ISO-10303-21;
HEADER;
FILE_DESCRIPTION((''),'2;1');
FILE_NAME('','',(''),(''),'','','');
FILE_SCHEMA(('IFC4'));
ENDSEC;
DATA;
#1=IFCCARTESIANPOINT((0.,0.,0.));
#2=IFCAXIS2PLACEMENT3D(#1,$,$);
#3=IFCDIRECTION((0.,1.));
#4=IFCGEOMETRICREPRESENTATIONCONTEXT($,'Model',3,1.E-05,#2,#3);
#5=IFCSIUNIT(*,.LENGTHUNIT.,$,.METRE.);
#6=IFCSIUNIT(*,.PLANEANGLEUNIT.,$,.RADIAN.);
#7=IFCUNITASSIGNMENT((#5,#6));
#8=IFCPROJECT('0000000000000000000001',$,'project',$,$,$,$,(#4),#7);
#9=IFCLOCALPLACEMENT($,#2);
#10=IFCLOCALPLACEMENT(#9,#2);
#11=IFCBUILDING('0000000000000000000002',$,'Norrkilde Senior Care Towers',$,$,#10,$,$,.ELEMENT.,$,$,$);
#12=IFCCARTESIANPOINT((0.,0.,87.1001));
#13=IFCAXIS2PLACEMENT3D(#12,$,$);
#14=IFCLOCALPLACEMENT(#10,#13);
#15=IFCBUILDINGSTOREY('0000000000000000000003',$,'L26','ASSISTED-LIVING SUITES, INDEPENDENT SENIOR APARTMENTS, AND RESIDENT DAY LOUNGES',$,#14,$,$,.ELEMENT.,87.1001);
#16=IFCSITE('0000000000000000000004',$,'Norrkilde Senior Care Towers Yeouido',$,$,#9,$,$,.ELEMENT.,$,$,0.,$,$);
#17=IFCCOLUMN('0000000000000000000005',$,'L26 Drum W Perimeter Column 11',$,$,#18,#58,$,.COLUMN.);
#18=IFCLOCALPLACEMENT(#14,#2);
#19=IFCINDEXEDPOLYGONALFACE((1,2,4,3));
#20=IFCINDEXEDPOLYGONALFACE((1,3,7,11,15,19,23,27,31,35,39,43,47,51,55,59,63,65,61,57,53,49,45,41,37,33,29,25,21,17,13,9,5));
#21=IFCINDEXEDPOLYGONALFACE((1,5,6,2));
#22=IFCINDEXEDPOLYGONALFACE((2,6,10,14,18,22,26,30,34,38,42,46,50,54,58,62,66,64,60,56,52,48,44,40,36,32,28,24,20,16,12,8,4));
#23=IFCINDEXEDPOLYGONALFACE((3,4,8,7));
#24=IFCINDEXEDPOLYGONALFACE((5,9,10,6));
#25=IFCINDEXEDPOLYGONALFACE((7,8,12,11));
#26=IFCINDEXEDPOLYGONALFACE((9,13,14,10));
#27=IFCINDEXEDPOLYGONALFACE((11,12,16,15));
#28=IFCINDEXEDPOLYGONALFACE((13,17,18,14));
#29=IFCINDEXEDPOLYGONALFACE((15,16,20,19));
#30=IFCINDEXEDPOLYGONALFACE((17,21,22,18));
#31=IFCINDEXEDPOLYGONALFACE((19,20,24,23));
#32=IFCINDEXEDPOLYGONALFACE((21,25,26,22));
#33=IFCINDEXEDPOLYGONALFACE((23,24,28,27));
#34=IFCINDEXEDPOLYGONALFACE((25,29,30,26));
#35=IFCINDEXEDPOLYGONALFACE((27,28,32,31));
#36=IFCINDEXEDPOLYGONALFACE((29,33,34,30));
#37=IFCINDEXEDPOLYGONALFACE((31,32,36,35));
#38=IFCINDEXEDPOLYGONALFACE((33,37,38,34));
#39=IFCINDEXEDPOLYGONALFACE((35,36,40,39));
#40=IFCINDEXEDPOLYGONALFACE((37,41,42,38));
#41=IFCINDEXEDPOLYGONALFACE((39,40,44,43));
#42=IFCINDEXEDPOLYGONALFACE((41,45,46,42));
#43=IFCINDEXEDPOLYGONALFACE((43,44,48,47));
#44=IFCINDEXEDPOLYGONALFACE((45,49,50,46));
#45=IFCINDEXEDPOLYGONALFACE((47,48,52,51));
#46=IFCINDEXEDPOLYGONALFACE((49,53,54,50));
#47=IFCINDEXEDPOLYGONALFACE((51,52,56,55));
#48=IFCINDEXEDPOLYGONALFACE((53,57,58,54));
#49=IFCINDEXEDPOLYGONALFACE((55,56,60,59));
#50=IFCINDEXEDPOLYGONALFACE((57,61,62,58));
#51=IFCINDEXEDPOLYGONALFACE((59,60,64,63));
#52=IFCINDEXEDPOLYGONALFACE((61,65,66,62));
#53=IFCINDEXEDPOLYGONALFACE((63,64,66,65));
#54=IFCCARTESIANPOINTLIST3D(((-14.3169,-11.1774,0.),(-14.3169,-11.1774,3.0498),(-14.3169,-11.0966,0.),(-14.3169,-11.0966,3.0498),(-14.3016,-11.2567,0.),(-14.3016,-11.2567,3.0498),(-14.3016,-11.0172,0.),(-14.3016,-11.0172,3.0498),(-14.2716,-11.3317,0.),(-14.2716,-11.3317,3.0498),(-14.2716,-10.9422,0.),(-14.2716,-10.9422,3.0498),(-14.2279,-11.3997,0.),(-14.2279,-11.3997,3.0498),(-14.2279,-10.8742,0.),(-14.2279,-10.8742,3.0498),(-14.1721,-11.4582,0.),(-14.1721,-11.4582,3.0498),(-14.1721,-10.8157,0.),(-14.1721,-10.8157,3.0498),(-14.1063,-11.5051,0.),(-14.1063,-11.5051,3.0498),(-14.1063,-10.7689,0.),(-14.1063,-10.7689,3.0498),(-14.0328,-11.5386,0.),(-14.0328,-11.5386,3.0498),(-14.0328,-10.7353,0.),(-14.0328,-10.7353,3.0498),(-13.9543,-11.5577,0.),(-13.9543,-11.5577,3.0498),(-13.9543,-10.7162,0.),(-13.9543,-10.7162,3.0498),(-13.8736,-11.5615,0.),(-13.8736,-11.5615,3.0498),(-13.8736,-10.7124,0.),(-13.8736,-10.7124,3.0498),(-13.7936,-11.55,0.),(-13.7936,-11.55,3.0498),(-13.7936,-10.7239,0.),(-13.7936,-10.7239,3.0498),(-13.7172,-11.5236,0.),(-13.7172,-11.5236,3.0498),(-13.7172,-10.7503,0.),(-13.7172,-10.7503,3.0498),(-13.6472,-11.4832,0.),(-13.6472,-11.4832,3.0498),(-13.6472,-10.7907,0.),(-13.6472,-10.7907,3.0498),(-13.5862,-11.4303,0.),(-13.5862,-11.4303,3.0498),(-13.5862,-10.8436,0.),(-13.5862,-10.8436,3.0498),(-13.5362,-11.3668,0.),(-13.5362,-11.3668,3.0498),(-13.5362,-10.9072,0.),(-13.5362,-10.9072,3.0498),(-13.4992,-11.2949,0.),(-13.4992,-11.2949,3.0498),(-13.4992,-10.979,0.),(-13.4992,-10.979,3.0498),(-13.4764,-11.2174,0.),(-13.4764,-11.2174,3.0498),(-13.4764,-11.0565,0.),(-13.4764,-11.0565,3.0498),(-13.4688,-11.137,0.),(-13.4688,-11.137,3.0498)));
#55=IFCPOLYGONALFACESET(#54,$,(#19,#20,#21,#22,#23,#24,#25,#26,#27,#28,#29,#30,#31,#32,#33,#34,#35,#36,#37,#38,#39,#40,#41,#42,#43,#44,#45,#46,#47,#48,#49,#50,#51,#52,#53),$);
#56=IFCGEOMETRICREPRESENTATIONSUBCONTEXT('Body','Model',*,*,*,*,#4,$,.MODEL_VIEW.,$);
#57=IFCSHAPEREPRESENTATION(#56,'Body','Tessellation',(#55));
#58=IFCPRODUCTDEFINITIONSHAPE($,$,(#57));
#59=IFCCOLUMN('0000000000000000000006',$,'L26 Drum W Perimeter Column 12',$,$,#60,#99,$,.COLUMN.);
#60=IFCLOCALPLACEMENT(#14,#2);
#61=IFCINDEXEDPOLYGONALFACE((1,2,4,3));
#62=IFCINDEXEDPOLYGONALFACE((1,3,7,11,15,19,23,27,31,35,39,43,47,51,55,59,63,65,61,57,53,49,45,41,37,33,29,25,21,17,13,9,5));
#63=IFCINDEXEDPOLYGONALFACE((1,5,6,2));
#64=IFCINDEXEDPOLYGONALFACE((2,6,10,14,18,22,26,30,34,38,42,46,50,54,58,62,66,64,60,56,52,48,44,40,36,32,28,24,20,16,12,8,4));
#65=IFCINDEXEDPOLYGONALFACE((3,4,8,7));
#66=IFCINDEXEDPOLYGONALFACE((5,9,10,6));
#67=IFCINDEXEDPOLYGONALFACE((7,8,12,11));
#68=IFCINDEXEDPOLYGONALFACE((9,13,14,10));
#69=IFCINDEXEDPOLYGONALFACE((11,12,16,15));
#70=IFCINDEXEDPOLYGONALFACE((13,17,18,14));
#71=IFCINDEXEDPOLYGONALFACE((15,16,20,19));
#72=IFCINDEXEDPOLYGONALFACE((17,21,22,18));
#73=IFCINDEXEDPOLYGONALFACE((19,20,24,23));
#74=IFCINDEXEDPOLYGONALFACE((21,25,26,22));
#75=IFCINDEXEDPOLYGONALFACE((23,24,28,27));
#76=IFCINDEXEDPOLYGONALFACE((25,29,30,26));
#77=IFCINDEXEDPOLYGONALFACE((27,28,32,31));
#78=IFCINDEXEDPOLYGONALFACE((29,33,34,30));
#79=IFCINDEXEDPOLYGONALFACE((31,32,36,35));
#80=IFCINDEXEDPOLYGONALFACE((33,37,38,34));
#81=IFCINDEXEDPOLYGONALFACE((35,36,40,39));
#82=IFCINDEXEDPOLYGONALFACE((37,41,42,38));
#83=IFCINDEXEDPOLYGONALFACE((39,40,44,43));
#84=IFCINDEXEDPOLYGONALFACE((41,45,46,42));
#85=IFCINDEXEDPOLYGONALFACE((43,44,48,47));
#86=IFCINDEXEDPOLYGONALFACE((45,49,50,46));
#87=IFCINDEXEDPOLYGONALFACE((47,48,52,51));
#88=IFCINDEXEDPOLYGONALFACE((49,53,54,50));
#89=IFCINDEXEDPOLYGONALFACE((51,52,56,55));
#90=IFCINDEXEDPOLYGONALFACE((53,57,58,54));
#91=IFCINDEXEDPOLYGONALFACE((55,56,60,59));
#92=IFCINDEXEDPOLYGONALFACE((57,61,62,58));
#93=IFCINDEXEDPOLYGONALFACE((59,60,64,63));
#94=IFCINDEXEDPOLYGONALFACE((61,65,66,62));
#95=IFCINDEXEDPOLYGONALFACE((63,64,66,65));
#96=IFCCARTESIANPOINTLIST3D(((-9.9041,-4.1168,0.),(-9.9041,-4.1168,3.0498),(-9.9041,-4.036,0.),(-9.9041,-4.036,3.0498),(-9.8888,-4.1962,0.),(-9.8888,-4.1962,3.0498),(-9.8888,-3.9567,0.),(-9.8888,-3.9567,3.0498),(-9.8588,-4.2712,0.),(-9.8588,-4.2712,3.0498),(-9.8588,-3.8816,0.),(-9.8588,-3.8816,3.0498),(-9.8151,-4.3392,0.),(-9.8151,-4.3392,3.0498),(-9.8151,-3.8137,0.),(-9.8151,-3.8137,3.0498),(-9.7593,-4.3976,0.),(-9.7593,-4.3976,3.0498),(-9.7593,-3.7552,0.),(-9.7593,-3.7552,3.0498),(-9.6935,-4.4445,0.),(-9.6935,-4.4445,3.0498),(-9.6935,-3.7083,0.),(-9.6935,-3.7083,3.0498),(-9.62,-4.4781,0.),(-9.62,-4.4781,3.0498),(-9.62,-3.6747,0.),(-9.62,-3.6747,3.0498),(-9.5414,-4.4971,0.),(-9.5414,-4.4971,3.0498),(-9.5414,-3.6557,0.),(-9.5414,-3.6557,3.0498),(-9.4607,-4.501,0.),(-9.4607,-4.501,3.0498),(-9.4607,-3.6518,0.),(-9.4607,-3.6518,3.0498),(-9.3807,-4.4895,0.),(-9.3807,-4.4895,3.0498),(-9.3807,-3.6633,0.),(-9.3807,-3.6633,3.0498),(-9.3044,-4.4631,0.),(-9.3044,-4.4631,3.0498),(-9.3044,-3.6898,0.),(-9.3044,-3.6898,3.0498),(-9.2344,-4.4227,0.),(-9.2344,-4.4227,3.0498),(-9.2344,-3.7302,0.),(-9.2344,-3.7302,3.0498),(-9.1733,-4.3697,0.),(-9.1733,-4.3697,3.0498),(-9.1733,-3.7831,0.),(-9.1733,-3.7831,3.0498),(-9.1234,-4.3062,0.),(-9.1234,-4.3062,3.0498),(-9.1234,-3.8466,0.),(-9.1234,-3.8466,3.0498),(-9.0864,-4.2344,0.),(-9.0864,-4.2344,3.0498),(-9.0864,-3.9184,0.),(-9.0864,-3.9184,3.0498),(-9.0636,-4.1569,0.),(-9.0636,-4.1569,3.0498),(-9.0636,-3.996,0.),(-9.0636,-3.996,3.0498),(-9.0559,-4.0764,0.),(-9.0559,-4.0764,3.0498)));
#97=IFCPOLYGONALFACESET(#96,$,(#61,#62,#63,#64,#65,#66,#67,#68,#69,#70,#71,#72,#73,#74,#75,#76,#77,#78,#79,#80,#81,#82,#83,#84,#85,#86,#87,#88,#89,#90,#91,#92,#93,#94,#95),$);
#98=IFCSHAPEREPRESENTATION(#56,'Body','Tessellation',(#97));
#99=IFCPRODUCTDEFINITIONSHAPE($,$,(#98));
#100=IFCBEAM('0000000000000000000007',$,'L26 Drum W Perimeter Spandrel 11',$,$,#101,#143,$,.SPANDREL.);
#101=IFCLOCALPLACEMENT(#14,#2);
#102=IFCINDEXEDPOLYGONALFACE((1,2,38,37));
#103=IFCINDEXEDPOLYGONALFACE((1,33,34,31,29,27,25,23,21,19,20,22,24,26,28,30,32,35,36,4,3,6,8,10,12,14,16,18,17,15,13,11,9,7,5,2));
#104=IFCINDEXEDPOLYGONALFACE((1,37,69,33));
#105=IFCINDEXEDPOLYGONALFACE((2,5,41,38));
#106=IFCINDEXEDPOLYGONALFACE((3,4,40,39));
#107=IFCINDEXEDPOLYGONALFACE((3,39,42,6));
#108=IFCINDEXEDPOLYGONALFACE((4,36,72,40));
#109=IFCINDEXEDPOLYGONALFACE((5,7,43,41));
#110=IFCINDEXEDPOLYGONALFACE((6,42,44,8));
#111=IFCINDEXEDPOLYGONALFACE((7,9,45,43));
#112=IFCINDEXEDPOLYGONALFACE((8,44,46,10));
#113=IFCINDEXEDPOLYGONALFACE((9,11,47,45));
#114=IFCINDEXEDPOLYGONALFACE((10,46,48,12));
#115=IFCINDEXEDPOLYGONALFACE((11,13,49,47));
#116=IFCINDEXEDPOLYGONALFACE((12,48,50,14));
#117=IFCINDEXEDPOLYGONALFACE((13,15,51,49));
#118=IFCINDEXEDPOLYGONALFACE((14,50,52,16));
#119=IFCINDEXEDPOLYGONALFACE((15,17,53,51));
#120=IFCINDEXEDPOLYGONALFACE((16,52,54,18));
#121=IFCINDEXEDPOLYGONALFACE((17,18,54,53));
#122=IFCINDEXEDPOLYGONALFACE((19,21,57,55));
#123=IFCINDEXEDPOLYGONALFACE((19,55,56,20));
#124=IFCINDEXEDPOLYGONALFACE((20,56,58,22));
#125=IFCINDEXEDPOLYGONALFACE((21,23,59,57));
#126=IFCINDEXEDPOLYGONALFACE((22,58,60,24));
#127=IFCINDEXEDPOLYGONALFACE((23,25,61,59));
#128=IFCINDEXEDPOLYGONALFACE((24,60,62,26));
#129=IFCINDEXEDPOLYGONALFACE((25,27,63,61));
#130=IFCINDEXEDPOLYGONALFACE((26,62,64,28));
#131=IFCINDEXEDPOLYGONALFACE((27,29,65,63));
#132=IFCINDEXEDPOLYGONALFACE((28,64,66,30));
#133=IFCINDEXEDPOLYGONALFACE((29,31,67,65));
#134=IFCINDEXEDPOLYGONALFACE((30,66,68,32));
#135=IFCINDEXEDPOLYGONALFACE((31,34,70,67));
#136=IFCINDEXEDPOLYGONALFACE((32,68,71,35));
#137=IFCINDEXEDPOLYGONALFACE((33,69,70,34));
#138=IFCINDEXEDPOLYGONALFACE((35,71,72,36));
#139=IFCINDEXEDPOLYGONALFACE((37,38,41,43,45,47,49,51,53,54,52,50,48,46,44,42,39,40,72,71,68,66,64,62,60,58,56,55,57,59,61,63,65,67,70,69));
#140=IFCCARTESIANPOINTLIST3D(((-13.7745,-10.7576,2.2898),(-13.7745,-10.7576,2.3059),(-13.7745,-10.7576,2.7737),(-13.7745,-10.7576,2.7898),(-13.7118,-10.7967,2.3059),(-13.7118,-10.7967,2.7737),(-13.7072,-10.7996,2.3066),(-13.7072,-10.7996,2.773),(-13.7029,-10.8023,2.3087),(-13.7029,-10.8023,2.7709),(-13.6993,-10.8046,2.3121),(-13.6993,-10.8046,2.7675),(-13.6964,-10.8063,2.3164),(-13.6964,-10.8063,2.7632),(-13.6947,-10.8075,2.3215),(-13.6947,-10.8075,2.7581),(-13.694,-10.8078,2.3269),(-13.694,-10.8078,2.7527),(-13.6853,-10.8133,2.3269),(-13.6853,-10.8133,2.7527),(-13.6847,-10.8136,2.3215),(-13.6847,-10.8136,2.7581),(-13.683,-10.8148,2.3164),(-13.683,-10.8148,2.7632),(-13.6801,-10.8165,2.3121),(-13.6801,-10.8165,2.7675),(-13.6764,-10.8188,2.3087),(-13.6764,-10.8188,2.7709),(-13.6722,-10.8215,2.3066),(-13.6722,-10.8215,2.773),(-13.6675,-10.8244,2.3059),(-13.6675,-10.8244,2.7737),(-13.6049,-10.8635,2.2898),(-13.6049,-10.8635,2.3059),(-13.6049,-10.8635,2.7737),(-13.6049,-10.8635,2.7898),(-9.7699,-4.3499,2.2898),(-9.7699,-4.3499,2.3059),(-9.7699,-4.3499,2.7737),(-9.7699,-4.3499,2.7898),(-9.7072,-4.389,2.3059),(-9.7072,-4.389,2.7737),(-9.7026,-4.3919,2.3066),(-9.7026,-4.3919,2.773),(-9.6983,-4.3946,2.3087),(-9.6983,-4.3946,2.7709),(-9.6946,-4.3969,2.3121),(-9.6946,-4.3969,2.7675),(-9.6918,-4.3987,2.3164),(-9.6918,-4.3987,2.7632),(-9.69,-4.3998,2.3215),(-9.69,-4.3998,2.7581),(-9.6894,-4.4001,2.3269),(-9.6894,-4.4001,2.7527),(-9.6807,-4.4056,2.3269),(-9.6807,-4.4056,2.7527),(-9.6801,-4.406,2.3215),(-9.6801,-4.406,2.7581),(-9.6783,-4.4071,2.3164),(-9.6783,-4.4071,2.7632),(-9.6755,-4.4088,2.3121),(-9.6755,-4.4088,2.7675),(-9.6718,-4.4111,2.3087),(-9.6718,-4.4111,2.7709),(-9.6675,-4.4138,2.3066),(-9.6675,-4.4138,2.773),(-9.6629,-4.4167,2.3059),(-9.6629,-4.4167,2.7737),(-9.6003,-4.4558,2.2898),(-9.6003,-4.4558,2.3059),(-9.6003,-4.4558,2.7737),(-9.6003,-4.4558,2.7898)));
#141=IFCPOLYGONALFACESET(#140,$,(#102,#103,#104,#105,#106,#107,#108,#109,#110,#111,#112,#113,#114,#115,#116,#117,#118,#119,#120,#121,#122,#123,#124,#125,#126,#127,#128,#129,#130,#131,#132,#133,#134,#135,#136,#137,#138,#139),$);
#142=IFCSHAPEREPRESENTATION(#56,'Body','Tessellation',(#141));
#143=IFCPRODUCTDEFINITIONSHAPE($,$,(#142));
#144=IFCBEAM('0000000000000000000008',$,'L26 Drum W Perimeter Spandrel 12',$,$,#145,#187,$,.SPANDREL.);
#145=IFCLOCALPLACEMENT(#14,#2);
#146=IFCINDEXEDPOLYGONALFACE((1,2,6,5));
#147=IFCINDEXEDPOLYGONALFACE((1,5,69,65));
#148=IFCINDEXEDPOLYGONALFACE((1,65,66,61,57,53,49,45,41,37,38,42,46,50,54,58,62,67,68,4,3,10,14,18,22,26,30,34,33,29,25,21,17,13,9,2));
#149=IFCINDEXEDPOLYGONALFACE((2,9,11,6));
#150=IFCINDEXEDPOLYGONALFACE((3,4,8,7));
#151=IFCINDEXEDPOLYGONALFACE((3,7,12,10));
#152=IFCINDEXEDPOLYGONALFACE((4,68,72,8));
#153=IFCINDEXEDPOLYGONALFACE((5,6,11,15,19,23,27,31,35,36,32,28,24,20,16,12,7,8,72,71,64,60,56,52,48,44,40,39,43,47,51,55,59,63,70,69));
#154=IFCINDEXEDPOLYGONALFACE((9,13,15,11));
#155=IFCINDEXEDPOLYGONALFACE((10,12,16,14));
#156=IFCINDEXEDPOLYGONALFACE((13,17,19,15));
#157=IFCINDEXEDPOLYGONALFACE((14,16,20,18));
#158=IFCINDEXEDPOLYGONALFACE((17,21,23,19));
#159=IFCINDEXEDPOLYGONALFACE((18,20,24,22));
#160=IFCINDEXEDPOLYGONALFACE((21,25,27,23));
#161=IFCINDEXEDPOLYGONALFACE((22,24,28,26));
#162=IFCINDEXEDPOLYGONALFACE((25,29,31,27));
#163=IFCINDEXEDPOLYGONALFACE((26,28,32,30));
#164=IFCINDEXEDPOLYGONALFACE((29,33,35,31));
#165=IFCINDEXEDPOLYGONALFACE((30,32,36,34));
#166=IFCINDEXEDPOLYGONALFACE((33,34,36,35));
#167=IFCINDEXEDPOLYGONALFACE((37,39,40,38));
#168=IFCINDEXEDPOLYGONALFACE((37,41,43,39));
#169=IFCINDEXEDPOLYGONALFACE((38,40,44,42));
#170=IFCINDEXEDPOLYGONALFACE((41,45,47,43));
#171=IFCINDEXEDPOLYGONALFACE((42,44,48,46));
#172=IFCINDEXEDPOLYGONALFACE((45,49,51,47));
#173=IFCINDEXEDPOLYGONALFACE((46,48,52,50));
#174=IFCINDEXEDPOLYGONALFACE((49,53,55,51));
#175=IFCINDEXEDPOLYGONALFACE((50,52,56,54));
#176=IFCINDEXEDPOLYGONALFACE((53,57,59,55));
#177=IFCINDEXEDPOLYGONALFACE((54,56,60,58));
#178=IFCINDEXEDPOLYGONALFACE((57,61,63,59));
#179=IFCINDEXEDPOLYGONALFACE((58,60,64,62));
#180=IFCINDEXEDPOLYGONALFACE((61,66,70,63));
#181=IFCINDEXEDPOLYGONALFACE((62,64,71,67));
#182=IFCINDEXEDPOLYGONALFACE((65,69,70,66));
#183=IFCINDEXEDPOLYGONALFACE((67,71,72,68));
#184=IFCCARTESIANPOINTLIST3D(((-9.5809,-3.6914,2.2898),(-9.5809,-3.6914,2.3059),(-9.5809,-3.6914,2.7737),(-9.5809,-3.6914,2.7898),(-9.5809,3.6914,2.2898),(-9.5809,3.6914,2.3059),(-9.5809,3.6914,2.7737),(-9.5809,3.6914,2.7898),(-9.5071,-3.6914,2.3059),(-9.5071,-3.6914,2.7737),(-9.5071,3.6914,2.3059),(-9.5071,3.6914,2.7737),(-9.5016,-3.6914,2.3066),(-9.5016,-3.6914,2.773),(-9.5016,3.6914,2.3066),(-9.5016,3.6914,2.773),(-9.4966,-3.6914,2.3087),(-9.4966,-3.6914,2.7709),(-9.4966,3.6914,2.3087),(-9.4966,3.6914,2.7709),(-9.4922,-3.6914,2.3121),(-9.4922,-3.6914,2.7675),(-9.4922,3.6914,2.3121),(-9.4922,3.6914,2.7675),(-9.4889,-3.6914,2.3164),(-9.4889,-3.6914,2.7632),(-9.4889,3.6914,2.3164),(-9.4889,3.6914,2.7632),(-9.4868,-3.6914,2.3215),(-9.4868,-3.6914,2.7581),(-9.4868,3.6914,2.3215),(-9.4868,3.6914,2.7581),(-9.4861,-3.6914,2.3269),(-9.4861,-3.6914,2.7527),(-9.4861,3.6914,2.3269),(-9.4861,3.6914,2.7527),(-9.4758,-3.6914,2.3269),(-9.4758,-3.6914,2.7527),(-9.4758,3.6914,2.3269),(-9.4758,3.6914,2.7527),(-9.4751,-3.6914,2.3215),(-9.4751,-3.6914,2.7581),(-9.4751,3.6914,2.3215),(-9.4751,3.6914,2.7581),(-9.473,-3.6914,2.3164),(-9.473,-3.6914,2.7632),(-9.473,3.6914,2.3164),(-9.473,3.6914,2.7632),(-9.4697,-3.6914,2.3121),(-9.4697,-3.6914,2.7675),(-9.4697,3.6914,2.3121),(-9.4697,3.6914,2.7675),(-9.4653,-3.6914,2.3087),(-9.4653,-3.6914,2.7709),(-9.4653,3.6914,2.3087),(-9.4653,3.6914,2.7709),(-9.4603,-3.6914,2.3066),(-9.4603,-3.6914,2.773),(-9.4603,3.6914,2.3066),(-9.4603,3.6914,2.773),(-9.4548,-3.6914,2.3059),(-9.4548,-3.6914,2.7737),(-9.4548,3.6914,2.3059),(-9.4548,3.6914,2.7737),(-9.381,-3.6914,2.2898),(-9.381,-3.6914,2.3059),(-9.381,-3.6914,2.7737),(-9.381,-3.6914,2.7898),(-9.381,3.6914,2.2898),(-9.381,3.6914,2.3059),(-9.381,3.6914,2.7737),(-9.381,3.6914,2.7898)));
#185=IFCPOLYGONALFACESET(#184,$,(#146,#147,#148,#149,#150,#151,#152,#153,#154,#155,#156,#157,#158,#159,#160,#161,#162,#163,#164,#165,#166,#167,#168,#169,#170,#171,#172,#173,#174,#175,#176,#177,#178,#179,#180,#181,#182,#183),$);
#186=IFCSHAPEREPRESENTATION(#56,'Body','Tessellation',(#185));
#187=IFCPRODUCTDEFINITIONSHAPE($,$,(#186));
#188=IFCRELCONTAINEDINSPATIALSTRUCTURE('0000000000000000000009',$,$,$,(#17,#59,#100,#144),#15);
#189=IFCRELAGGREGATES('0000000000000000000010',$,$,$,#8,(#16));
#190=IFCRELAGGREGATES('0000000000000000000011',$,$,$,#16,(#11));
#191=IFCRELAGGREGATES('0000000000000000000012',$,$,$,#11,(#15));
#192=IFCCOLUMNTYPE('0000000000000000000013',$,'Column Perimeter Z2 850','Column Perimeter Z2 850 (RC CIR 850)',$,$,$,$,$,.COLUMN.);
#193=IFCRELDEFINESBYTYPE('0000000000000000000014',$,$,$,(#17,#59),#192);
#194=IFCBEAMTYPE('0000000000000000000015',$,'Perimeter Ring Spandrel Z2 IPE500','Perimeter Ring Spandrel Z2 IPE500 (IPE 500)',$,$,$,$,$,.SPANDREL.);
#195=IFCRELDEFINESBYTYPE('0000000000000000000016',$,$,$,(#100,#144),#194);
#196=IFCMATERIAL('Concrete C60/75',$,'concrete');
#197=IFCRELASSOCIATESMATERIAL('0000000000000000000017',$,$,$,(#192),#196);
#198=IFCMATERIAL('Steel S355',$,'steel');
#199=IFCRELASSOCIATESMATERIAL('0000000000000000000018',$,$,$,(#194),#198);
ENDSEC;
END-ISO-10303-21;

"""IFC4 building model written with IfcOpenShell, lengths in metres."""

from ifc_helpers import new_model, si_unit, direction, frame, origin, origin_2d, place, context, subcontext, project, spatial, circle, i_section, extrude, source, transform, mapped, material, material_profile, profile_set, type_object, type_shapes, element, save


model = new_model("IFC4")

# Units and contexts
model_context = context("Model", 3, precision=1e-05, world=origin(), true_north=direction((0.0, 1.0)))
body_context = subcontext(model_context, "Body", "Model", "MODEL_VIEW")
ifc_project = project(units=[si_unit("LENGTHUNIT", "METRE"), si_unit("PLANEANGLEUNIT", "RADIAN")], contexts=[model_context])

# Site, building, storey
site_placement = place(None, origin())
site = spatial("IfcSite", under=ifc_project, at=site_placement, Name="Norrkilde Senior Care Towers Yeouido", CompositionType="ELEMENT", RefElevation=0.0)
building_placement = place(site_placement, origin())
building = spatial("IfcBuilding", under=site, at=building_placement, Name="Norrkilde Senior Care Towers", CompositionType="ELEMENT")
storey_placement = place(building_placement, frame((0.0, 0.0, 87.1001)))
storey = spatial("IfcBuildingStorey", under=building, at=storey_placement, Name="L26", Description="ASSISTED-LIVING SUITES, INDEPENDENT SENIOR APARTMENTS, AND RESIDENT DAY LOUNGES", CompositionType="ELEMENT", Elevation=87.1001)

# Columns
ifc_material_1 = material(Name="Concrete C60/75", Category="concrete")
ifc_material_profile_1 = material_profile(ifc_material_1, circle(Radius=0.425, at=origin_2d()), Name="RC CIR 850")
ifc_profile_set_1 = profile_set([ifc_material_profile_1], Name="Concrete C60/75")
column_type = type_object("IfcColumnType", Name="Column Perimeter Z2 850", Description="Column Perimeter Z2 850 (RC CIR 850)", PredefinedType="COLUMN", material=ifc_profile_set_1)
shared_shape_1 = source(origin(), body_context, "Body", "SweptSolid", [
    extrude(circle(Radius=0.425, at=origin_2d()), origin(), (0.0, 0.0, 1.0), 3.0498),
])
type_shapes(column_type, [shared_shape_1])
for number, where, z_axis, x_axis, name in (
    (1, (-13.8938, -11.137, 0.0), (0.0, 0.0, 1.0), (1.0, 0.0, 0.0), "L26 Drum W Perimeter Column 11"),
    (2, (-9.481, -4.0764, 0.0), (0.0, 0.0, 1.0), (1.0, 0.0, 0.0), "L26 Drum W Perimeter Column 12"),
):
    element("IfcColumn", number, at=place(storey_placement, frame(where, z_axis=z_axis, x_axis=x_axis)), inside=storey, type_object=column_type, Name=name, PredefinedType="COLUMN", context=body_context, shape_type="MappedRepresentation", body=[
        mapped(shared_shape_1, transform((0.0, 0.0, 0.0), x_axis=(1.0, 0.0, 0.0), y_axis=(0.0, 1.0, 0.0), z_axis=(0.0, 0.0, 1.0), scale=1.0)),
    ])

# Beams
ifc_material_2 = material(Name="Steel S355", Category="steel")
ifc_material_profile_2 = material_profile(ifc_material_2, i_section(OverallWidth=0.2, OverallDepth=0.5, WebThickness=0.0103, FlangeThickness=0.0161, FilletRadius=0.021, at=origin_2d()), Name="IPE 500")
ifc_profile_set_2 = profile_set([ifc_material_profile_2], Name="Steel S355")
beam_type_1 = type_object("IfcBeamType", Name="Perimeter Ring Spandrel Z2 IPE500", Description="Perimeter Ring Spandrel Z2 IPE500 (IPE 500)", PredefinedType="SPANDREL", material=ifc_profile_set_2)
shared_shape_2 = source(origin(), body_context, "Body", "SweptSolid", [
    extrude(i_section(OverallWidth=0.2, OverallDepth=0.5, WebThickness=0.0103, FlangeThickness=0.0161, FilletRadius=0.021, at=origin_2d()), origin(), (0.0, 0.0, 1.0), 7.5562),
])
beam_1_placement = place(storey_placement, frame((-13.6897, -10.8105, 2.5398), z_axis=(0.529982, 0.848009, 0.0), x_axis=(-0.848009, 0.529982, 0.0)))
element("IfcBeam", 3, at=beam_1_placement, inside=storey, type_object=beam_type_1, Name="L26 Drum W Perimeter Spandrel 11", PredefinedType="SPANDREL", context=body_context, shape_type="MappedRepresentation", body=[
    mapped(shared_shape_2, transform((0.0, 0.0, 0.0), x_axis=(1.0, 0.0, 0.0), y_axis=(0.0, 1.0, 0.0), z_axis=(0.0, 0.0, 1.0), scale=1.0)),
])
shared_shape_3 = source(origin(), body_context, "Body", "SweptSolid", [
    extrude(i_section(OverallWidth=0.2, OverallDepth=0.5, WebThickness=0.0103, FlangeThickness=0.0161, FilletRadius=0.021, at=origin_2d()), origin(), (0.0, 0.0, 1.0), 7.3828),
])
type_shapes(beam_type_1, [shared_shape_2, shared_shape_3])
beam_2_placement = place(storey_placement, frame((-9.481, -3.6914, 2.5398), z_axis=(0.0, 1.0, 0.0), x_axis=(-1.0, 0.0, 0.0)))
element("IfcBeam", 4, at=beam_2_placement, inside=storey, type_object=beam_type_1, Name="L26 Drum W Perimeter Spandrel 12", PredefinedType="SPANDREL", context=body_context, shape_type="MappedRepresentation", body=[
    mapped(shared_shape_3, transform((0.0, 0.0, 0.0), x_axis=(1.0, 0.0, 0.0), y_axis=(0.0, 1.0, 0.0), z_axis=(0.0, 0.0, 1.0), scale=1.0)),
])

save(model, "model.ifc")
